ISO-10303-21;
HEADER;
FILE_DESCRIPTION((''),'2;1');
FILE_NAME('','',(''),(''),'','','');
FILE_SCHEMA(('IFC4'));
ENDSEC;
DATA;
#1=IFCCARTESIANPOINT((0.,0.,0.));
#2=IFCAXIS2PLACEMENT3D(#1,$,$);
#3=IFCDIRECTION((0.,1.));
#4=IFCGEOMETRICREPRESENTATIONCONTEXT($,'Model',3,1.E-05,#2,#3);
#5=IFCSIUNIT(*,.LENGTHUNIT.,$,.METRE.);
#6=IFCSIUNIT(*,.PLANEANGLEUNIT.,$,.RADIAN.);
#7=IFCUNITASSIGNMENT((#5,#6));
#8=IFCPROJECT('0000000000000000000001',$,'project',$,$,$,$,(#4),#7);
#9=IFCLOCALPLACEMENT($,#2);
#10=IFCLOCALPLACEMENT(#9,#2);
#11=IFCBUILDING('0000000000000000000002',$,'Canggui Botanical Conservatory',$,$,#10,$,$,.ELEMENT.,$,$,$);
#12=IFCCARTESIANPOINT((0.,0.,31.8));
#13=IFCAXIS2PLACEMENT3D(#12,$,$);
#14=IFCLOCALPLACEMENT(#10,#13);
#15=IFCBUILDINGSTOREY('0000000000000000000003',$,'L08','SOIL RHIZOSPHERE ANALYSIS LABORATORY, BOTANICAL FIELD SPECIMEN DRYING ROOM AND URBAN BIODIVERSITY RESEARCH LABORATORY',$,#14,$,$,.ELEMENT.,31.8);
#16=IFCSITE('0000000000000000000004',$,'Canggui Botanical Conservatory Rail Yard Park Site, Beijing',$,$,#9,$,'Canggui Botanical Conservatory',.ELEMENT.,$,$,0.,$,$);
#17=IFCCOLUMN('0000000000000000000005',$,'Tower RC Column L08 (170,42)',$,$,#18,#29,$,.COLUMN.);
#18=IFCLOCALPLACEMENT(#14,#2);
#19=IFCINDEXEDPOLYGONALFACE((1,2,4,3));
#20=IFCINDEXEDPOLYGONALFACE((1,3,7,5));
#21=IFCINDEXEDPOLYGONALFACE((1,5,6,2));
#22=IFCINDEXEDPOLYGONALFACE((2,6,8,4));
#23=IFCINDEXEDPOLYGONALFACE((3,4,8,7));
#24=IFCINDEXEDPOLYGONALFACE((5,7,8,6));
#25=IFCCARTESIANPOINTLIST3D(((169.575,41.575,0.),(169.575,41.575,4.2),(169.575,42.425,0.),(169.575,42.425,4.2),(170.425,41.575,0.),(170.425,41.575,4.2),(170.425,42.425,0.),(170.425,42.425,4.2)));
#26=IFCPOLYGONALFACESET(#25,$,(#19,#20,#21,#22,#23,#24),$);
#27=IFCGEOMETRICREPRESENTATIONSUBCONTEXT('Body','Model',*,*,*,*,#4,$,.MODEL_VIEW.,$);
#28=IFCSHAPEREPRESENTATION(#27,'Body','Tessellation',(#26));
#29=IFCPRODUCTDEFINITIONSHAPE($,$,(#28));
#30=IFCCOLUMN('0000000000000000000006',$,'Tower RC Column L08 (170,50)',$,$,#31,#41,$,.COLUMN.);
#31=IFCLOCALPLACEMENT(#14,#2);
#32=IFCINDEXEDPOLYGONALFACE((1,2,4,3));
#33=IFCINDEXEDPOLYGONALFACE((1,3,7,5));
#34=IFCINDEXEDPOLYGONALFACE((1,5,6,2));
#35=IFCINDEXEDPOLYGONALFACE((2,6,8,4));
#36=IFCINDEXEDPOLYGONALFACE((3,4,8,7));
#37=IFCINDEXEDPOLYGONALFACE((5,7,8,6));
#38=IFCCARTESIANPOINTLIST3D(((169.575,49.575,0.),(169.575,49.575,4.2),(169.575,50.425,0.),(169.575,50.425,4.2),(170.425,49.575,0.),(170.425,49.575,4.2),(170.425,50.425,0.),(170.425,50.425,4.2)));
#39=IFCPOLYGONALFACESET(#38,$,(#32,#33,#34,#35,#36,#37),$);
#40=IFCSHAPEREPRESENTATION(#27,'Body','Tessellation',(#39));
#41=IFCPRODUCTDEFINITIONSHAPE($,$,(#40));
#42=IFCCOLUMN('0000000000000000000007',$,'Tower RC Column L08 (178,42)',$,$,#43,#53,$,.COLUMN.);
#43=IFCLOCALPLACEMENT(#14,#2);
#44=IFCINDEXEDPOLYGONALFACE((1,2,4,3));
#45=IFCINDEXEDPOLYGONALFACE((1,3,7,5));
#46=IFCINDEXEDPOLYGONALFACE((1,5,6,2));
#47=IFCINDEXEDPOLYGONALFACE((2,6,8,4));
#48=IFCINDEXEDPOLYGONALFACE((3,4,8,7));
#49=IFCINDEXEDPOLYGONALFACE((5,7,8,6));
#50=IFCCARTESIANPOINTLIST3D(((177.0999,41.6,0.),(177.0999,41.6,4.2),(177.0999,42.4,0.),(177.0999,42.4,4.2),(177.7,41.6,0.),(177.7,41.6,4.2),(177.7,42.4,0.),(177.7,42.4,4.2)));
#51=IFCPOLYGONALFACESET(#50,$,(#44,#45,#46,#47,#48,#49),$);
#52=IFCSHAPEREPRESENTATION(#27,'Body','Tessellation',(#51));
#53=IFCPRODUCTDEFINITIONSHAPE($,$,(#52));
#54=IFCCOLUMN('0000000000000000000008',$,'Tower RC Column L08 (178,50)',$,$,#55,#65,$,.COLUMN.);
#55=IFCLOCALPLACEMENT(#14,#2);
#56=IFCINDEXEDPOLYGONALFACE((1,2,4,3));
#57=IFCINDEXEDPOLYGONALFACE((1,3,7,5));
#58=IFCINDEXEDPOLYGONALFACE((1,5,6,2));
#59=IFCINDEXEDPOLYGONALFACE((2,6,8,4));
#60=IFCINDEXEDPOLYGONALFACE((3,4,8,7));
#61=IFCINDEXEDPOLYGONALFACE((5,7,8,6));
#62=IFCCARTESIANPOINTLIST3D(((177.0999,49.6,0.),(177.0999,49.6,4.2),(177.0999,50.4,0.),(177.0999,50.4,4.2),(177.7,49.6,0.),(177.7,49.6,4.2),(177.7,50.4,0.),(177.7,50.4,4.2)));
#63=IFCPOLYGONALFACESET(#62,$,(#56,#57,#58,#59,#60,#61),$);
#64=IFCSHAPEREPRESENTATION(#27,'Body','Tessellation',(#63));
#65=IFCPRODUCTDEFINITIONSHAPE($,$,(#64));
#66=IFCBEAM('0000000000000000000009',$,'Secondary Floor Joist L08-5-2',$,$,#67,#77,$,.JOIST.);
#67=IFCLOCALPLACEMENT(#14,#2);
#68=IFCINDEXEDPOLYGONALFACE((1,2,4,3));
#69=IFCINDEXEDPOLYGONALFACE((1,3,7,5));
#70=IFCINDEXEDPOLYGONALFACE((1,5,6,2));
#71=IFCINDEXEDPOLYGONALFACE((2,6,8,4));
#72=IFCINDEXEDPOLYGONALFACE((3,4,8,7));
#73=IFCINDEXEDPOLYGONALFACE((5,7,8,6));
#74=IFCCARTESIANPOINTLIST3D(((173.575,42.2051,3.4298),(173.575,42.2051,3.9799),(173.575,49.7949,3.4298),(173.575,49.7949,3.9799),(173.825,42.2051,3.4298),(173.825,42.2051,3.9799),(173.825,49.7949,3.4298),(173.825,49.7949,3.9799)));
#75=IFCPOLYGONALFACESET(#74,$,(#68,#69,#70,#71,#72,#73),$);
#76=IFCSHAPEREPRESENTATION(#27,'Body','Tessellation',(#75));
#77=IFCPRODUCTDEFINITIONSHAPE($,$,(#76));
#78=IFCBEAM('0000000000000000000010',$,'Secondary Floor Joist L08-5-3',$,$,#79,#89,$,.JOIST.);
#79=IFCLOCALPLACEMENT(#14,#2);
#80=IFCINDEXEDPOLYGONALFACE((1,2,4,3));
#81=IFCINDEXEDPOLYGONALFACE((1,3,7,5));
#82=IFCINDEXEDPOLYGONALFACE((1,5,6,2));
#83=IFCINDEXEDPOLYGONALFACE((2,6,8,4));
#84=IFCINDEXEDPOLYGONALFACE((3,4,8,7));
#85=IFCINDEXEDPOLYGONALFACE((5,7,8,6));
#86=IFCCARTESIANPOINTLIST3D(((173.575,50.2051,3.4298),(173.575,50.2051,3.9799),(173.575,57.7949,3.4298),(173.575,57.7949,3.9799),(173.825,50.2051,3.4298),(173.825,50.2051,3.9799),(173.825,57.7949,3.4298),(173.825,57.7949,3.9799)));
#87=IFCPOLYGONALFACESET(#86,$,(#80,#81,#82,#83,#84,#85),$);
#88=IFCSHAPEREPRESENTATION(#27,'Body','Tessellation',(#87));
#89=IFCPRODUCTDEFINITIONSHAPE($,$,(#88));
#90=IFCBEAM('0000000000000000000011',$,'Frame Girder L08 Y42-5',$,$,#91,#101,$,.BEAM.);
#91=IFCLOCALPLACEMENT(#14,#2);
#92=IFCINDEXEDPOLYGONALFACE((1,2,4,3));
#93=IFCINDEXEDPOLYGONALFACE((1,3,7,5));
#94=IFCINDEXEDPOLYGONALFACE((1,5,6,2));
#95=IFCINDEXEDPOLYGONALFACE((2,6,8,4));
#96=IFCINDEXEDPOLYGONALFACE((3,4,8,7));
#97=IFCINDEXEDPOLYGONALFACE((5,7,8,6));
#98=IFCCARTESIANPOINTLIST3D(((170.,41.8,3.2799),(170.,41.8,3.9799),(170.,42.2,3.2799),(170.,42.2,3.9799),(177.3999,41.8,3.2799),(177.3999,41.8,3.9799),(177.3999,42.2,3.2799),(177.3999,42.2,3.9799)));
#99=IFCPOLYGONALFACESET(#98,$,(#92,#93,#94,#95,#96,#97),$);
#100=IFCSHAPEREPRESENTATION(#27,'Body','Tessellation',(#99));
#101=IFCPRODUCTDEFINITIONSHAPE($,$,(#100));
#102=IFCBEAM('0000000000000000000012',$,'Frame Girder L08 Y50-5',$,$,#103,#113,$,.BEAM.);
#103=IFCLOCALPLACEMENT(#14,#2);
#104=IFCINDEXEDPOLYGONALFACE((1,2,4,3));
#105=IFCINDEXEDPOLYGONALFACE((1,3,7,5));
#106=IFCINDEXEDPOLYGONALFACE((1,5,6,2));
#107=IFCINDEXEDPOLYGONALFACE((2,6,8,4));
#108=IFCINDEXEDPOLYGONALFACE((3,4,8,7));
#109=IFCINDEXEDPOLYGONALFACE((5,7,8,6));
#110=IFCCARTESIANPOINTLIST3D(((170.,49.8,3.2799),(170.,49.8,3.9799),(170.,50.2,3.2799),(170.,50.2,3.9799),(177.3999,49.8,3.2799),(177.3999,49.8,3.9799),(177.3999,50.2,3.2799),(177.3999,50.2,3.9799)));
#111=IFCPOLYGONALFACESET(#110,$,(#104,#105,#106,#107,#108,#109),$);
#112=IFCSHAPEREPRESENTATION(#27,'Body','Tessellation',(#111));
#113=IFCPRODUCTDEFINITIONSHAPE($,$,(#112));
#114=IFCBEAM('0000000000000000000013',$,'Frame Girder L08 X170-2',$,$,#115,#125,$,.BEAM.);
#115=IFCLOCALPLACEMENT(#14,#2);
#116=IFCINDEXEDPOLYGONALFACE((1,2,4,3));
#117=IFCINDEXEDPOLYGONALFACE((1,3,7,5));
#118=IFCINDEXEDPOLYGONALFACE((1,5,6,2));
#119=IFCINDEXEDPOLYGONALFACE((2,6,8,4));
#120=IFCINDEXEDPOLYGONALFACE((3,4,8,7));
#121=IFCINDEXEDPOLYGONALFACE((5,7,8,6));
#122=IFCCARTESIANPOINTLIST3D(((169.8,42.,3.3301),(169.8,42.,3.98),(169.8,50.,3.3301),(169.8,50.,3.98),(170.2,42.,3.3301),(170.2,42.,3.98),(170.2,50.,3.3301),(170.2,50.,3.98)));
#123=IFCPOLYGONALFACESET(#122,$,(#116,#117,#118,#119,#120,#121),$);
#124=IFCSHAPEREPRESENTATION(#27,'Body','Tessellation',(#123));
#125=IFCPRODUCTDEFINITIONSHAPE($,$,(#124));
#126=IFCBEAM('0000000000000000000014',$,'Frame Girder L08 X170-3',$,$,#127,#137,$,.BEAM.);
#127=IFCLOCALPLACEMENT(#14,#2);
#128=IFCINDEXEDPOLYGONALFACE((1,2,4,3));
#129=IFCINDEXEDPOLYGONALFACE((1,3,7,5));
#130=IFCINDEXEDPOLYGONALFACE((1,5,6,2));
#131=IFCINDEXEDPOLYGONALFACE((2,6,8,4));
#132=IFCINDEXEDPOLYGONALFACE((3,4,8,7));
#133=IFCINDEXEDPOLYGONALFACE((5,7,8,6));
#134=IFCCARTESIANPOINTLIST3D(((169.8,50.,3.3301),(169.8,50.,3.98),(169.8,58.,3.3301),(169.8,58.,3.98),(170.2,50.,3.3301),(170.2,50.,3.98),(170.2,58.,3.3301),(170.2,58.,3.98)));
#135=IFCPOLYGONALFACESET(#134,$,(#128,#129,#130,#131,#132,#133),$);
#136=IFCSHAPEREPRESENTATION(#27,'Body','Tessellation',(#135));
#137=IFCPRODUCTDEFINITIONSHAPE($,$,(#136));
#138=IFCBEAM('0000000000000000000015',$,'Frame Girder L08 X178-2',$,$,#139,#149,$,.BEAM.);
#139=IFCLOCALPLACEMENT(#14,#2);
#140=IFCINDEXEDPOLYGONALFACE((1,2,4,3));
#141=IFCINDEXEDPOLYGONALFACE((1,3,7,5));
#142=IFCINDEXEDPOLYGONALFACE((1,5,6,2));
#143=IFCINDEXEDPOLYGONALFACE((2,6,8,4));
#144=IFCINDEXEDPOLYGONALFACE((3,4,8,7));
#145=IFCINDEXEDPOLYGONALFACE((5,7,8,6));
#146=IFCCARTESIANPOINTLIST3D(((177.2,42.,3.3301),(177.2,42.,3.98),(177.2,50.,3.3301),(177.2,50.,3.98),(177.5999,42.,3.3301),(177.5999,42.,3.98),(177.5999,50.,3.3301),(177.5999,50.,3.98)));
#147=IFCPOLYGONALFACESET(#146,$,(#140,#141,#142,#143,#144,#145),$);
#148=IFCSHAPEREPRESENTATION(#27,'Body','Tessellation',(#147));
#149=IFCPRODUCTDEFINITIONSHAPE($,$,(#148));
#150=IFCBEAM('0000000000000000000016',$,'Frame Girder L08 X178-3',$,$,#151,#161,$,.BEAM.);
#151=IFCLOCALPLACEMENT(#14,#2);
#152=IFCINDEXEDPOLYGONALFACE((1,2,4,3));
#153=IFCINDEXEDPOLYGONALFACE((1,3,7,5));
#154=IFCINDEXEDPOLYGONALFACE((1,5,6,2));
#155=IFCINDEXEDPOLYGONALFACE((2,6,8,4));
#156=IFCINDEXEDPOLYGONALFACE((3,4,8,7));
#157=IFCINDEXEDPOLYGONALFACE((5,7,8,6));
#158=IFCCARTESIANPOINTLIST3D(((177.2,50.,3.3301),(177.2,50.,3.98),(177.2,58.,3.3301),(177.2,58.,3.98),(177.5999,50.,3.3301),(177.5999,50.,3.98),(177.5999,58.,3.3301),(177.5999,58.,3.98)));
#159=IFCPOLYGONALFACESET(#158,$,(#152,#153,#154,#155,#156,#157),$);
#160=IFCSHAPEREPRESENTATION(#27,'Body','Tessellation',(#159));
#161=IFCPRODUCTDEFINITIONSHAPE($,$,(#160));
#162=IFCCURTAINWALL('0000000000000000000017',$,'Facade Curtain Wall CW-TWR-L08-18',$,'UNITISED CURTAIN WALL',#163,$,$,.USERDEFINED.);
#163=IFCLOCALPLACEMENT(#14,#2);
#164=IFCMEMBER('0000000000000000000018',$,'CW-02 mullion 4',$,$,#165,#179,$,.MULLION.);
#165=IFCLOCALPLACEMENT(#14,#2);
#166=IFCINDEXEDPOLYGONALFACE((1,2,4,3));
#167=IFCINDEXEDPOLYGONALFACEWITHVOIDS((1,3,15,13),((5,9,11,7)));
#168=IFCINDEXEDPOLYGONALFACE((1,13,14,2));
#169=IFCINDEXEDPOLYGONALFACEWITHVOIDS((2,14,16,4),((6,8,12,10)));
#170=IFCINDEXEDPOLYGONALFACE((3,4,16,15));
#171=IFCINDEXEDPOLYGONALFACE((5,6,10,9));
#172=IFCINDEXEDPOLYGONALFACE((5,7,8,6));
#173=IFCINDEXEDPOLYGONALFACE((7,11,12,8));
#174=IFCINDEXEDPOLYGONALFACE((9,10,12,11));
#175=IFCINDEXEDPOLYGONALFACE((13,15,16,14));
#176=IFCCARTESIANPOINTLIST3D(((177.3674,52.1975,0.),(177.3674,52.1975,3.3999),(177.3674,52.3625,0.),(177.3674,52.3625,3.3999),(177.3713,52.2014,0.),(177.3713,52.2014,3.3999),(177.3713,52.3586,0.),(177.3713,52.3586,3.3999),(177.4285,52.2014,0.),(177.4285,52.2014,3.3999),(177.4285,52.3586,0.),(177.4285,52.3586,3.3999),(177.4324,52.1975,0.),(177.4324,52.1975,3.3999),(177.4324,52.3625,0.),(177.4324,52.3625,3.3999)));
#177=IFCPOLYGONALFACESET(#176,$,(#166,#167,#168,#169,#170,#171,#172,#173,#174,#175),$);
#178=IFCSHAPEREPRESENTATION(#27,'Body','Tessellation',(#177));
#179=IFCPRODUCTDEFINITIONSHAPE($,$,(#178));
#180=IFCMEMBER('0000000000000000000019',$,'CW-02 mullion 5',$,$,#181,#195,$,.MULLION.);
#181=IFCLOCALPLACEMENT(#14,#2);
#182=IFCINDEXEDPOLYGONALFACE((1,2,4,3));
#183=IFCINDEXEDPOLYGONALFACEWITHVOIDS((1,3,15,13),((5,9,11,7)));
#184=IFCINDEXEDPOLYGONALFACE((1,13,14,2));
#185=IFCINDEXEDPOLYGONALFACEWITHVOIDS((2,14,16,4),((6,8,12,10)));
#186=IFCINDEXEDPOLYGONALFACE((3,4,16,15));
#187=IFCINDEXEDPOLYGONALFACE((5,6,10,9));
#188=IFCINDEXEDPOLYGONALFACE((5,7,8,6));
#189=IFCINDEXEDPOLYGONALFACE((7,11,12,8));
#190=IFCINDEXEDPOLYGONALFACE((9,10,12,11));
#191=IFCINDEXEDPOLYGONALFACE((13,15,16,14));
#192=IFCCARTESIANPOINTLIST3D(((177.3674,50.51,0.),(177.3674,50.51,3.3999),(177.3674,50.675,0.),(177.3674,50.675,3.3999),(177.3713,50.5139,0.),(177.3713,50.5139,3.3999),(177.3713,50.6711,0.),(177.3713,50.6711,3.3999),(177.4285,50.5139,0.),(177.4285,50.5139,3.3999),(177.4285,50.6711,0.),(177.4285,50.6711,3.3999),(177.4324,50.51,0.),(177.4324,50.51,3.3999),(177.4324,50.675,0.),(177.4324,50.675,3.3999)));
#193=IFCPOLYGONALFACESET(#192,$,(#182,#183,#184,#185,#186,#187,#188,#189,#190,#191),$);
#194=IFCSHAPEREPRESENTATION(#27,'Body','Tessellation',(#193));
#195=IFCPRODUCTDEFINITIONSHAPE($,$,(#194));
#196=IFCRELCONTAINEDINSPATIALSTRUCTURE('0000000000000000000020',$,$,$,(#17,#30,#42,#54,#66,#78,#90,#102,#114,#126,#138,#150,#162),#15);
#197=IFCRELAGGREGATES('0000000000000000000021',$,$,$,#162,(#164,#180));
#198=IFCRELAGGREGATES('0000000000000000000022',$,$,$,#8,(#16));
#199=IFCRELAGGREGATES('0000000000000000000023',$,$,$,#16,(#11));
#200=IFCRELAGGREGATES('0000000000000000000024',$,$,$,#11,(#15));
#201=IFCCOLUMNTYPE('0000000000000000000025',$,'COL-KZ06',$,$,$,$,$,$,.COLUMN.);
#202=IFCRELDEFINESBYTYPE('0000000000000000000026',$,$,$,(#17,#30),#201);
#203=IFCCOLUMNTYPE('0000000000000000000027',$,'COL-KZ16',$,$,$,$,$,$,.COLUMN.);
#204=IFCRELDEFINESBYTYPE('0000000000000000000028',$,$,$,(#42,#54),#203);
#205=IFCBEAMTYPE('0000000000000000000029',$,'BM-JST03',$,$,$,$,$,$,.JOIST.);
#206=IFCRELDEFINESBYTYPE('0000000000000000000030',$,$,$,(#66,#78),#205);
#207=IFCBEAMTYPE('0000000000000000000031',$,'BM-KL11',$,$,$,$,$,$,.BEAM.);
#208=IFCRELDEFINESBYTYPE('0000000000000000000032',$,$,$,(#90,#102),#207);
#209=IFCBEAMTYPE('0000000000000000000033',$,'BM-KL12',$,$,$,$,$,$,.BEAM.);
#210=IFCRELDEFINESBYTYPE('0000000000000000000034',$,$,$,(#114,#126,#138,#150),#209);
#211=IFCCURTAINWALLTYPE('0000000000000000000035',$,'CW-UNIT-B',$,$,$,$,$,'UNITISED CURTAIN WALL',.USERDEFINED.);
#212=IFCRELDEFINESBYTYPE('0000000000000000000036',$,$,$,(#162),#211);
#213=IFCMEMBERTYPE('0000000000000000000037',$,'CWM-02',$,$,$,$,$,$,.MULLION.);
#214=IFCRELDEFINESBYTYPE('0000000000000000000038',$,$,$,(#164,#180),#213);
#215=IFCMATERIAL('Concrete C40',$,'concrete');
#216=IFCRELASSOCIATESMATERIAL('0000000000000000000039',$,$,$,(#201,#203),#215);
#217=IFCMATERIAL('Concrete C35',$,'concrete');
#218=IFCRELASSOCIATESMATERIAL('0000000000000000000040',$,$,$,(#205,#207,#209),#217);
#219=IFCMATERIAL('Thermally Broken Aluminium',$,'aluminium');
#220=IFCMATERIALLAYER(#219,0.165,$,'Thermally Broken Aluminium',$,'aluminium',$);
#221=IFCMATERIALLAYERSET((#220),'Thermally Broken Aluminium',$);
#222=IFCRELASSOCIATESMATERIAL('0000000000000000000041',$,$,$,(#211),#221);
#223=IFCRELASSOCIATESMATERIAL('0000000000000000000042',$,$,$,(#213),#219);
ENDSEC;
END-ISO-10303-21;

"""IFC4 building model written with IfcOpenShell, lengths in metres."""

from ifc_helpers import new_model, si_unit, direction, frame, origin, origin_2d, place, context, subcontext, project, spatial, rectangle, hollow_rectangle, extrude, material, layer, layer_set, material_profile, profile_set, type_object, element, aggregate, save


model = new_model("IFC4")

# Units and contexts
model_context = context("Model", 3, precision=1e-05, world=origin(), true_north=direction((0.0, 1.0)))
body_context = subcontext(model_context, "Body", "Model", "MODEL_VIEW")
ifc_project = project(units=[si_unit("LENGTHUNIT", "METRE"), si_unit("PLANEANGLEUNIT", "RADIAN")], contexts=[model_context])

# Site, building, storey
site_placement = place(None, origin())
site = spatial("IfcSite", under=ifc_project, at=site_placement, Name="Canggui Botanical Conservatory Rail Yard Park Site, Beijing", LongName="Canggui Botanical Conservatory", CompositionType="ELEMENT", RefElevation=0.0)
building_placement = place(site_placement, origin())
building = spatial("IfcBuilding", under=site, at=building_placement, Name="Canggui Botanical Conservatory", CompositionType="ELEMENT")
storey_placement = place(building_placement, frame((0.0, 0.0, 31.8)))
storey = spatial("IfcBuildingStorey", under=building, at=storey_placement, Name="L08", Description="SOIL RHIZOSPHERE ANALYSIS LABORATORY, BOTANICAL FIELD SPECIMEN DRYING ROOM AND URBAN BIODIVERSITY RESEARCH LABORATORY", CompositionType="ELEMENT", Elevation=31.8)

# Columns
ifc_material_1 = material(Name="Concrete C40", Category="concrete")
ifc_material_profile_1 = material_profile(ifc_material_1, rectangle(XDim=0.8501, YDim=0.8501, at=origin_2d()), Name="RC 850x850")
ifc_profile_set_1 = profile_set([ifc_material_profile_1], Name="Concrete C40")
column_type_1 = type_object("IfcColumnType", Name="COL-KZ06", PredefinedType="COLUMN", material=ifc_profile_set_1)
for number, where, z_axis, x_axis, name in (
    (1, (170.0, 42.0, 0.0), (0.0, 0.0, 1.0), (1.0, 0.0, 0.0), "Tower RC Column L08 (170,42)"),
    (2, (170.0, 50.0, 0.0), (0.0, 0.0, 1.0), (1.0, 0.0, 0.0), "Tower RC Column L08 (170,50)"),
):
    element("IfcColumn", number, at=place(storey_placement, frame(where, z_axis=z_axis, x_axis=x_axis)), inside=storey, type_object=column_type_1, Name=name, PredefinedType="COLUMN", context=body_context, shape_type="SweptSolid", body=[
        extrude(rectangle(XDim=0.8501, YDim=0.8501, at=origin_2d()), origin(), (0.0, 0.0, 1.0), 4.2),
    ])
ifc_material_profile_2 = material_profile(ifc_material_1, rectangle(XDim=0.6001, YDim=0.8, at=origin_2d()), Name="RC 600x800")
ifc_profile_set_2 = profile_set([ifc_material_profile_2], Name="Concrete C40")
column_type_2 = type_object("IfcColumnType", Name="COL-KZ16", PredefinedType="COLUMN", material=ifc_profile_set_2)
for number, where, z_axis, x_axis, name in (
    (3, (177.3999, 42.0, 0.0), (0.0, 0.0, 1.0), (1.0, 0.0, 0.0), "Tower RC Column L08 (178,42)"),
    (4, (177.3999, 50.0, 0.0), (0.0, 0.0, 1.0), (1.0, 0.0, 0.0), "Tower RC Column L08 (178,50)"),
):
    element("IfcColumn", number, at=place(storey_placement, frame(where, z_axis=z_axis, x_axis=x_axis)), inside=storey, type_object=column_type_2, Name=name, PredefinedType="COLUMN", context=body_context, shape_type="SweptSolid", body=[
        extrude(rectangle(XDim=0.6001, YDim=0.8, at=origin_2d()), origin(), (0.0, 0.0, 1.0), 4.2),
    ])

# Beams
ifc_material_2 = material(Name="Concrete C35", Category="concrete")
ifc_material_profile_3 = material_profile(ifc_material_2, rectangle(XDim=0.25, YDim=0.55, at=origin_2d()), Name="RB 250x550")
ifc_profile_set_3 = profile_set([ifc_material_profile_3], Name="Concrete C35")
beam_type_1 = type_object("IfcBeamType", Name="BM-JST03", PredefinedType="JOIST", material=ifc_profile_set_3)
for number, where, z_axis, x_axis, name in (
    (5, (173.7, 42.2051, 3.7048), (0.0, 1.0, 0.0), (-1.0, 0.0, 0.0), "Secondary Floor Joist L08-5-2"),
    (6, (173.7, 50.2051, 3.7048), (0.0, 1.0, 0.0), (-1.0, 0.0, 0.0), "Secondary Floor Joist L08-5-3"),
):
    element("IfcBeam", number, at=place(storey_placement, frame(where, z_axis=z_axis, x_axis=x_axis)), inside=storey, type_object=beam_type_1, Name=name, PredefinedType="JOIST", context=body_context, shape_type="SweptSolid", body=[
        extrude(rectangle(XDim=0.25, YDim=0.55, at=origin_2d()), origin(), (0.0, 0.0, 1.0), 7.5898),
    ])
ifc_material_profile_4 = material_profile(ifc_material_2, rectangle(XDim=0.3999, YDim=0.7, at=origin_2d()), Name="RB 400x700")
ifc_profile_set_4 = profile_set([ifc_material_profile_4], Name="Concrete C35")
beam_type_2 = type_object("IfcBeamType", Name="BM-KL11", PredefinedType="BEAM", material=ifc_profile_set_4)
for number, where, z_axis, x_axis, name in (
    (7, (170.0, 42.0, 3.6299), (1.0, 0.0, 0.0), (0.0, 1.0, 0.0), "Frame Girder L08 Y42-5"),
    (8, (170.0, 50.0, 3.6299), (1.0, 0.0, 0.0), (0.0, 1.0, 0.0), "Frame Girder L08 Y50-5"),
):
    element("IfcBeam", number, at=place(storey_placement, frame(where, z_axis=z_axis, x_axis=x_axis)), inside=storey, type_object=beam_type_2, Name=name, PredefinedType="BEAM", context=body_context, shape_type="SweptSolid", body=[
        extrude(rectangle(XDim=0.3999, YDim=0.7, at=origin_2d()), origin(), (0.0, 0.0, 1.0), 7.3999),
    ])
ifc_material_profile_5 = material_profile(ifc_material_2, rectangle(XDim=0.3999, YDim=0.6499, at=origin_2d()), Name="RB 400x650")
ifc_profile_set_5 = profile_set([ifc_material_profile_5], Name="Concrete C35")
beam_type_3 = type_object("IfcBeamType", Name="BM-KL12", PredefinedType="BEAM", material=ifc_profile_set_5)
for number, where, z_axis, x_axis, name in (
    (9, (170.0, 42.0, 3.655), (0.0, 1.0, 0.0), (-1.0, 0.0, 0.0), "Frame Girder L08 X170-2"),
    (10, (170.0, 50.0, 3.655), (0.0, 1.0, 0.0), (-1.0, 0.0, 0.0), "Frame Girder L08 X170-3"),
    (11, (177.3999, 42.0, 3.655), (0.0, 1.0, 0.0), (-1.0, 0.0, 0.0), "Frame Girder L08 X178-2"),
    (12, (177.3999, 50.0, 3.655), (0.0, 1.0, 0.0), (-1.0, 0.0, 0.0), "Frame Girder L08 X178-3"),
):
    element("IfcBeam", number, at=place(storey_placement, frame(where, z_axis=z_axis, x_axis=x_axis)), inside=storey, type_object=beam_type_3, Name=name, PredefinedType="BEAM", context=body_context, shape_type="SweptSolid", body=[
        extrude(rectangle(XDim=0.3999, YDim=0.6499, at=origin_2d()), origin(), (0.0, 0.0, 1.0), 8.0),
    ])

# Curtain wall, members
ifc_material_3 = material(Name="Thermally Broken Aluminium", Category="aluminium")
ifc_layer_1 = layer(ifc_material_3, 0.165, Name="Thermally Broken Aluminium", Category="aluminium")
ifc_layer_set_1 = layer_set([ifc_layer_1], Name="Thermally Broken Aluminium")
curtain_wall_type = type_object("IfcCurtainWallType", Name="CW-UNIT-B", ElementType="UNITISED CURTAIN WALL", PredefinedType="USERDEFINED", material=ifc_layer_set_1)
curtain_wall_1_placement = place(storey_placement, origin())
curtain_wall_1 = element("IfcCurtainWall", 13, at=curtain_wall_1_placement, inside=storey, type_object=curtain_wall_type, Name="Facade Curtain Wall CW-TWR-L08-18", ObjectType="UNITISED CURTAIN WALL", PredefinedType="USERDEFINED")
ifc_material_profile_6 = material_profile(ifc_material_3, hollow_rectangle(XDim=0.0649, YDim=0.165, WallThickness=0.0039, at=origin_2d()), Name="CWM 65x165x4")
ifc_profile_set_6 = profile_set([ifc_material_profile_6], Name="Thermally Broken Aluminium")
member_type_1 = type_object("IfcMemberType", Name="CWM-02", PredefinedType="MULLION", material=ifc_profile_set_6)
member_1_placement = place(storey_placement, frame((177.3999, 52.28, 0.0), z_axis=(0.0, 0.0, 1.0), x_axis=(1.0, 0.0, 0.0)))
member_1 = element("IfcMember", 14, at=member_1_placement, type_object=member_type_1, Name="CW-02 mullion 4", PredefinedType="MULLION", context=body_context, shape_type="SweptSolid", body=[
    extrude(hollow_rectangle(XDim=0.0649, YDim=0.165, WallThickness=0.0039, at=origin_2d()), origin(), (0.0, 0.0, 1.0), 3.3999),
])
member_2_placement = place(storey_placement, frame((177.3999, 50.5925, 0.0), z_axis=(0.0, 0.0, 1.0), x_axis=(1.0, 0.0, 0.0)))
member_2 = element("IfcMember", 15, at=member_2_placement, type_object=member_type_1, Name="CW-02 mullion 5", PredefinedType="MULLION", context=body_context, shape_type="SweptSolid", body=[
    extrude(hollow_rectangle(XDim=0.0649, YDim=0.165, WallThickness=0.0039, at=origin_2d()), origin(), (0.0, 0.0, 1.0), 3.3999),
])

aggregate(curtain_wall_1, [member_1, member_2])

save(model, "model.ifc")
